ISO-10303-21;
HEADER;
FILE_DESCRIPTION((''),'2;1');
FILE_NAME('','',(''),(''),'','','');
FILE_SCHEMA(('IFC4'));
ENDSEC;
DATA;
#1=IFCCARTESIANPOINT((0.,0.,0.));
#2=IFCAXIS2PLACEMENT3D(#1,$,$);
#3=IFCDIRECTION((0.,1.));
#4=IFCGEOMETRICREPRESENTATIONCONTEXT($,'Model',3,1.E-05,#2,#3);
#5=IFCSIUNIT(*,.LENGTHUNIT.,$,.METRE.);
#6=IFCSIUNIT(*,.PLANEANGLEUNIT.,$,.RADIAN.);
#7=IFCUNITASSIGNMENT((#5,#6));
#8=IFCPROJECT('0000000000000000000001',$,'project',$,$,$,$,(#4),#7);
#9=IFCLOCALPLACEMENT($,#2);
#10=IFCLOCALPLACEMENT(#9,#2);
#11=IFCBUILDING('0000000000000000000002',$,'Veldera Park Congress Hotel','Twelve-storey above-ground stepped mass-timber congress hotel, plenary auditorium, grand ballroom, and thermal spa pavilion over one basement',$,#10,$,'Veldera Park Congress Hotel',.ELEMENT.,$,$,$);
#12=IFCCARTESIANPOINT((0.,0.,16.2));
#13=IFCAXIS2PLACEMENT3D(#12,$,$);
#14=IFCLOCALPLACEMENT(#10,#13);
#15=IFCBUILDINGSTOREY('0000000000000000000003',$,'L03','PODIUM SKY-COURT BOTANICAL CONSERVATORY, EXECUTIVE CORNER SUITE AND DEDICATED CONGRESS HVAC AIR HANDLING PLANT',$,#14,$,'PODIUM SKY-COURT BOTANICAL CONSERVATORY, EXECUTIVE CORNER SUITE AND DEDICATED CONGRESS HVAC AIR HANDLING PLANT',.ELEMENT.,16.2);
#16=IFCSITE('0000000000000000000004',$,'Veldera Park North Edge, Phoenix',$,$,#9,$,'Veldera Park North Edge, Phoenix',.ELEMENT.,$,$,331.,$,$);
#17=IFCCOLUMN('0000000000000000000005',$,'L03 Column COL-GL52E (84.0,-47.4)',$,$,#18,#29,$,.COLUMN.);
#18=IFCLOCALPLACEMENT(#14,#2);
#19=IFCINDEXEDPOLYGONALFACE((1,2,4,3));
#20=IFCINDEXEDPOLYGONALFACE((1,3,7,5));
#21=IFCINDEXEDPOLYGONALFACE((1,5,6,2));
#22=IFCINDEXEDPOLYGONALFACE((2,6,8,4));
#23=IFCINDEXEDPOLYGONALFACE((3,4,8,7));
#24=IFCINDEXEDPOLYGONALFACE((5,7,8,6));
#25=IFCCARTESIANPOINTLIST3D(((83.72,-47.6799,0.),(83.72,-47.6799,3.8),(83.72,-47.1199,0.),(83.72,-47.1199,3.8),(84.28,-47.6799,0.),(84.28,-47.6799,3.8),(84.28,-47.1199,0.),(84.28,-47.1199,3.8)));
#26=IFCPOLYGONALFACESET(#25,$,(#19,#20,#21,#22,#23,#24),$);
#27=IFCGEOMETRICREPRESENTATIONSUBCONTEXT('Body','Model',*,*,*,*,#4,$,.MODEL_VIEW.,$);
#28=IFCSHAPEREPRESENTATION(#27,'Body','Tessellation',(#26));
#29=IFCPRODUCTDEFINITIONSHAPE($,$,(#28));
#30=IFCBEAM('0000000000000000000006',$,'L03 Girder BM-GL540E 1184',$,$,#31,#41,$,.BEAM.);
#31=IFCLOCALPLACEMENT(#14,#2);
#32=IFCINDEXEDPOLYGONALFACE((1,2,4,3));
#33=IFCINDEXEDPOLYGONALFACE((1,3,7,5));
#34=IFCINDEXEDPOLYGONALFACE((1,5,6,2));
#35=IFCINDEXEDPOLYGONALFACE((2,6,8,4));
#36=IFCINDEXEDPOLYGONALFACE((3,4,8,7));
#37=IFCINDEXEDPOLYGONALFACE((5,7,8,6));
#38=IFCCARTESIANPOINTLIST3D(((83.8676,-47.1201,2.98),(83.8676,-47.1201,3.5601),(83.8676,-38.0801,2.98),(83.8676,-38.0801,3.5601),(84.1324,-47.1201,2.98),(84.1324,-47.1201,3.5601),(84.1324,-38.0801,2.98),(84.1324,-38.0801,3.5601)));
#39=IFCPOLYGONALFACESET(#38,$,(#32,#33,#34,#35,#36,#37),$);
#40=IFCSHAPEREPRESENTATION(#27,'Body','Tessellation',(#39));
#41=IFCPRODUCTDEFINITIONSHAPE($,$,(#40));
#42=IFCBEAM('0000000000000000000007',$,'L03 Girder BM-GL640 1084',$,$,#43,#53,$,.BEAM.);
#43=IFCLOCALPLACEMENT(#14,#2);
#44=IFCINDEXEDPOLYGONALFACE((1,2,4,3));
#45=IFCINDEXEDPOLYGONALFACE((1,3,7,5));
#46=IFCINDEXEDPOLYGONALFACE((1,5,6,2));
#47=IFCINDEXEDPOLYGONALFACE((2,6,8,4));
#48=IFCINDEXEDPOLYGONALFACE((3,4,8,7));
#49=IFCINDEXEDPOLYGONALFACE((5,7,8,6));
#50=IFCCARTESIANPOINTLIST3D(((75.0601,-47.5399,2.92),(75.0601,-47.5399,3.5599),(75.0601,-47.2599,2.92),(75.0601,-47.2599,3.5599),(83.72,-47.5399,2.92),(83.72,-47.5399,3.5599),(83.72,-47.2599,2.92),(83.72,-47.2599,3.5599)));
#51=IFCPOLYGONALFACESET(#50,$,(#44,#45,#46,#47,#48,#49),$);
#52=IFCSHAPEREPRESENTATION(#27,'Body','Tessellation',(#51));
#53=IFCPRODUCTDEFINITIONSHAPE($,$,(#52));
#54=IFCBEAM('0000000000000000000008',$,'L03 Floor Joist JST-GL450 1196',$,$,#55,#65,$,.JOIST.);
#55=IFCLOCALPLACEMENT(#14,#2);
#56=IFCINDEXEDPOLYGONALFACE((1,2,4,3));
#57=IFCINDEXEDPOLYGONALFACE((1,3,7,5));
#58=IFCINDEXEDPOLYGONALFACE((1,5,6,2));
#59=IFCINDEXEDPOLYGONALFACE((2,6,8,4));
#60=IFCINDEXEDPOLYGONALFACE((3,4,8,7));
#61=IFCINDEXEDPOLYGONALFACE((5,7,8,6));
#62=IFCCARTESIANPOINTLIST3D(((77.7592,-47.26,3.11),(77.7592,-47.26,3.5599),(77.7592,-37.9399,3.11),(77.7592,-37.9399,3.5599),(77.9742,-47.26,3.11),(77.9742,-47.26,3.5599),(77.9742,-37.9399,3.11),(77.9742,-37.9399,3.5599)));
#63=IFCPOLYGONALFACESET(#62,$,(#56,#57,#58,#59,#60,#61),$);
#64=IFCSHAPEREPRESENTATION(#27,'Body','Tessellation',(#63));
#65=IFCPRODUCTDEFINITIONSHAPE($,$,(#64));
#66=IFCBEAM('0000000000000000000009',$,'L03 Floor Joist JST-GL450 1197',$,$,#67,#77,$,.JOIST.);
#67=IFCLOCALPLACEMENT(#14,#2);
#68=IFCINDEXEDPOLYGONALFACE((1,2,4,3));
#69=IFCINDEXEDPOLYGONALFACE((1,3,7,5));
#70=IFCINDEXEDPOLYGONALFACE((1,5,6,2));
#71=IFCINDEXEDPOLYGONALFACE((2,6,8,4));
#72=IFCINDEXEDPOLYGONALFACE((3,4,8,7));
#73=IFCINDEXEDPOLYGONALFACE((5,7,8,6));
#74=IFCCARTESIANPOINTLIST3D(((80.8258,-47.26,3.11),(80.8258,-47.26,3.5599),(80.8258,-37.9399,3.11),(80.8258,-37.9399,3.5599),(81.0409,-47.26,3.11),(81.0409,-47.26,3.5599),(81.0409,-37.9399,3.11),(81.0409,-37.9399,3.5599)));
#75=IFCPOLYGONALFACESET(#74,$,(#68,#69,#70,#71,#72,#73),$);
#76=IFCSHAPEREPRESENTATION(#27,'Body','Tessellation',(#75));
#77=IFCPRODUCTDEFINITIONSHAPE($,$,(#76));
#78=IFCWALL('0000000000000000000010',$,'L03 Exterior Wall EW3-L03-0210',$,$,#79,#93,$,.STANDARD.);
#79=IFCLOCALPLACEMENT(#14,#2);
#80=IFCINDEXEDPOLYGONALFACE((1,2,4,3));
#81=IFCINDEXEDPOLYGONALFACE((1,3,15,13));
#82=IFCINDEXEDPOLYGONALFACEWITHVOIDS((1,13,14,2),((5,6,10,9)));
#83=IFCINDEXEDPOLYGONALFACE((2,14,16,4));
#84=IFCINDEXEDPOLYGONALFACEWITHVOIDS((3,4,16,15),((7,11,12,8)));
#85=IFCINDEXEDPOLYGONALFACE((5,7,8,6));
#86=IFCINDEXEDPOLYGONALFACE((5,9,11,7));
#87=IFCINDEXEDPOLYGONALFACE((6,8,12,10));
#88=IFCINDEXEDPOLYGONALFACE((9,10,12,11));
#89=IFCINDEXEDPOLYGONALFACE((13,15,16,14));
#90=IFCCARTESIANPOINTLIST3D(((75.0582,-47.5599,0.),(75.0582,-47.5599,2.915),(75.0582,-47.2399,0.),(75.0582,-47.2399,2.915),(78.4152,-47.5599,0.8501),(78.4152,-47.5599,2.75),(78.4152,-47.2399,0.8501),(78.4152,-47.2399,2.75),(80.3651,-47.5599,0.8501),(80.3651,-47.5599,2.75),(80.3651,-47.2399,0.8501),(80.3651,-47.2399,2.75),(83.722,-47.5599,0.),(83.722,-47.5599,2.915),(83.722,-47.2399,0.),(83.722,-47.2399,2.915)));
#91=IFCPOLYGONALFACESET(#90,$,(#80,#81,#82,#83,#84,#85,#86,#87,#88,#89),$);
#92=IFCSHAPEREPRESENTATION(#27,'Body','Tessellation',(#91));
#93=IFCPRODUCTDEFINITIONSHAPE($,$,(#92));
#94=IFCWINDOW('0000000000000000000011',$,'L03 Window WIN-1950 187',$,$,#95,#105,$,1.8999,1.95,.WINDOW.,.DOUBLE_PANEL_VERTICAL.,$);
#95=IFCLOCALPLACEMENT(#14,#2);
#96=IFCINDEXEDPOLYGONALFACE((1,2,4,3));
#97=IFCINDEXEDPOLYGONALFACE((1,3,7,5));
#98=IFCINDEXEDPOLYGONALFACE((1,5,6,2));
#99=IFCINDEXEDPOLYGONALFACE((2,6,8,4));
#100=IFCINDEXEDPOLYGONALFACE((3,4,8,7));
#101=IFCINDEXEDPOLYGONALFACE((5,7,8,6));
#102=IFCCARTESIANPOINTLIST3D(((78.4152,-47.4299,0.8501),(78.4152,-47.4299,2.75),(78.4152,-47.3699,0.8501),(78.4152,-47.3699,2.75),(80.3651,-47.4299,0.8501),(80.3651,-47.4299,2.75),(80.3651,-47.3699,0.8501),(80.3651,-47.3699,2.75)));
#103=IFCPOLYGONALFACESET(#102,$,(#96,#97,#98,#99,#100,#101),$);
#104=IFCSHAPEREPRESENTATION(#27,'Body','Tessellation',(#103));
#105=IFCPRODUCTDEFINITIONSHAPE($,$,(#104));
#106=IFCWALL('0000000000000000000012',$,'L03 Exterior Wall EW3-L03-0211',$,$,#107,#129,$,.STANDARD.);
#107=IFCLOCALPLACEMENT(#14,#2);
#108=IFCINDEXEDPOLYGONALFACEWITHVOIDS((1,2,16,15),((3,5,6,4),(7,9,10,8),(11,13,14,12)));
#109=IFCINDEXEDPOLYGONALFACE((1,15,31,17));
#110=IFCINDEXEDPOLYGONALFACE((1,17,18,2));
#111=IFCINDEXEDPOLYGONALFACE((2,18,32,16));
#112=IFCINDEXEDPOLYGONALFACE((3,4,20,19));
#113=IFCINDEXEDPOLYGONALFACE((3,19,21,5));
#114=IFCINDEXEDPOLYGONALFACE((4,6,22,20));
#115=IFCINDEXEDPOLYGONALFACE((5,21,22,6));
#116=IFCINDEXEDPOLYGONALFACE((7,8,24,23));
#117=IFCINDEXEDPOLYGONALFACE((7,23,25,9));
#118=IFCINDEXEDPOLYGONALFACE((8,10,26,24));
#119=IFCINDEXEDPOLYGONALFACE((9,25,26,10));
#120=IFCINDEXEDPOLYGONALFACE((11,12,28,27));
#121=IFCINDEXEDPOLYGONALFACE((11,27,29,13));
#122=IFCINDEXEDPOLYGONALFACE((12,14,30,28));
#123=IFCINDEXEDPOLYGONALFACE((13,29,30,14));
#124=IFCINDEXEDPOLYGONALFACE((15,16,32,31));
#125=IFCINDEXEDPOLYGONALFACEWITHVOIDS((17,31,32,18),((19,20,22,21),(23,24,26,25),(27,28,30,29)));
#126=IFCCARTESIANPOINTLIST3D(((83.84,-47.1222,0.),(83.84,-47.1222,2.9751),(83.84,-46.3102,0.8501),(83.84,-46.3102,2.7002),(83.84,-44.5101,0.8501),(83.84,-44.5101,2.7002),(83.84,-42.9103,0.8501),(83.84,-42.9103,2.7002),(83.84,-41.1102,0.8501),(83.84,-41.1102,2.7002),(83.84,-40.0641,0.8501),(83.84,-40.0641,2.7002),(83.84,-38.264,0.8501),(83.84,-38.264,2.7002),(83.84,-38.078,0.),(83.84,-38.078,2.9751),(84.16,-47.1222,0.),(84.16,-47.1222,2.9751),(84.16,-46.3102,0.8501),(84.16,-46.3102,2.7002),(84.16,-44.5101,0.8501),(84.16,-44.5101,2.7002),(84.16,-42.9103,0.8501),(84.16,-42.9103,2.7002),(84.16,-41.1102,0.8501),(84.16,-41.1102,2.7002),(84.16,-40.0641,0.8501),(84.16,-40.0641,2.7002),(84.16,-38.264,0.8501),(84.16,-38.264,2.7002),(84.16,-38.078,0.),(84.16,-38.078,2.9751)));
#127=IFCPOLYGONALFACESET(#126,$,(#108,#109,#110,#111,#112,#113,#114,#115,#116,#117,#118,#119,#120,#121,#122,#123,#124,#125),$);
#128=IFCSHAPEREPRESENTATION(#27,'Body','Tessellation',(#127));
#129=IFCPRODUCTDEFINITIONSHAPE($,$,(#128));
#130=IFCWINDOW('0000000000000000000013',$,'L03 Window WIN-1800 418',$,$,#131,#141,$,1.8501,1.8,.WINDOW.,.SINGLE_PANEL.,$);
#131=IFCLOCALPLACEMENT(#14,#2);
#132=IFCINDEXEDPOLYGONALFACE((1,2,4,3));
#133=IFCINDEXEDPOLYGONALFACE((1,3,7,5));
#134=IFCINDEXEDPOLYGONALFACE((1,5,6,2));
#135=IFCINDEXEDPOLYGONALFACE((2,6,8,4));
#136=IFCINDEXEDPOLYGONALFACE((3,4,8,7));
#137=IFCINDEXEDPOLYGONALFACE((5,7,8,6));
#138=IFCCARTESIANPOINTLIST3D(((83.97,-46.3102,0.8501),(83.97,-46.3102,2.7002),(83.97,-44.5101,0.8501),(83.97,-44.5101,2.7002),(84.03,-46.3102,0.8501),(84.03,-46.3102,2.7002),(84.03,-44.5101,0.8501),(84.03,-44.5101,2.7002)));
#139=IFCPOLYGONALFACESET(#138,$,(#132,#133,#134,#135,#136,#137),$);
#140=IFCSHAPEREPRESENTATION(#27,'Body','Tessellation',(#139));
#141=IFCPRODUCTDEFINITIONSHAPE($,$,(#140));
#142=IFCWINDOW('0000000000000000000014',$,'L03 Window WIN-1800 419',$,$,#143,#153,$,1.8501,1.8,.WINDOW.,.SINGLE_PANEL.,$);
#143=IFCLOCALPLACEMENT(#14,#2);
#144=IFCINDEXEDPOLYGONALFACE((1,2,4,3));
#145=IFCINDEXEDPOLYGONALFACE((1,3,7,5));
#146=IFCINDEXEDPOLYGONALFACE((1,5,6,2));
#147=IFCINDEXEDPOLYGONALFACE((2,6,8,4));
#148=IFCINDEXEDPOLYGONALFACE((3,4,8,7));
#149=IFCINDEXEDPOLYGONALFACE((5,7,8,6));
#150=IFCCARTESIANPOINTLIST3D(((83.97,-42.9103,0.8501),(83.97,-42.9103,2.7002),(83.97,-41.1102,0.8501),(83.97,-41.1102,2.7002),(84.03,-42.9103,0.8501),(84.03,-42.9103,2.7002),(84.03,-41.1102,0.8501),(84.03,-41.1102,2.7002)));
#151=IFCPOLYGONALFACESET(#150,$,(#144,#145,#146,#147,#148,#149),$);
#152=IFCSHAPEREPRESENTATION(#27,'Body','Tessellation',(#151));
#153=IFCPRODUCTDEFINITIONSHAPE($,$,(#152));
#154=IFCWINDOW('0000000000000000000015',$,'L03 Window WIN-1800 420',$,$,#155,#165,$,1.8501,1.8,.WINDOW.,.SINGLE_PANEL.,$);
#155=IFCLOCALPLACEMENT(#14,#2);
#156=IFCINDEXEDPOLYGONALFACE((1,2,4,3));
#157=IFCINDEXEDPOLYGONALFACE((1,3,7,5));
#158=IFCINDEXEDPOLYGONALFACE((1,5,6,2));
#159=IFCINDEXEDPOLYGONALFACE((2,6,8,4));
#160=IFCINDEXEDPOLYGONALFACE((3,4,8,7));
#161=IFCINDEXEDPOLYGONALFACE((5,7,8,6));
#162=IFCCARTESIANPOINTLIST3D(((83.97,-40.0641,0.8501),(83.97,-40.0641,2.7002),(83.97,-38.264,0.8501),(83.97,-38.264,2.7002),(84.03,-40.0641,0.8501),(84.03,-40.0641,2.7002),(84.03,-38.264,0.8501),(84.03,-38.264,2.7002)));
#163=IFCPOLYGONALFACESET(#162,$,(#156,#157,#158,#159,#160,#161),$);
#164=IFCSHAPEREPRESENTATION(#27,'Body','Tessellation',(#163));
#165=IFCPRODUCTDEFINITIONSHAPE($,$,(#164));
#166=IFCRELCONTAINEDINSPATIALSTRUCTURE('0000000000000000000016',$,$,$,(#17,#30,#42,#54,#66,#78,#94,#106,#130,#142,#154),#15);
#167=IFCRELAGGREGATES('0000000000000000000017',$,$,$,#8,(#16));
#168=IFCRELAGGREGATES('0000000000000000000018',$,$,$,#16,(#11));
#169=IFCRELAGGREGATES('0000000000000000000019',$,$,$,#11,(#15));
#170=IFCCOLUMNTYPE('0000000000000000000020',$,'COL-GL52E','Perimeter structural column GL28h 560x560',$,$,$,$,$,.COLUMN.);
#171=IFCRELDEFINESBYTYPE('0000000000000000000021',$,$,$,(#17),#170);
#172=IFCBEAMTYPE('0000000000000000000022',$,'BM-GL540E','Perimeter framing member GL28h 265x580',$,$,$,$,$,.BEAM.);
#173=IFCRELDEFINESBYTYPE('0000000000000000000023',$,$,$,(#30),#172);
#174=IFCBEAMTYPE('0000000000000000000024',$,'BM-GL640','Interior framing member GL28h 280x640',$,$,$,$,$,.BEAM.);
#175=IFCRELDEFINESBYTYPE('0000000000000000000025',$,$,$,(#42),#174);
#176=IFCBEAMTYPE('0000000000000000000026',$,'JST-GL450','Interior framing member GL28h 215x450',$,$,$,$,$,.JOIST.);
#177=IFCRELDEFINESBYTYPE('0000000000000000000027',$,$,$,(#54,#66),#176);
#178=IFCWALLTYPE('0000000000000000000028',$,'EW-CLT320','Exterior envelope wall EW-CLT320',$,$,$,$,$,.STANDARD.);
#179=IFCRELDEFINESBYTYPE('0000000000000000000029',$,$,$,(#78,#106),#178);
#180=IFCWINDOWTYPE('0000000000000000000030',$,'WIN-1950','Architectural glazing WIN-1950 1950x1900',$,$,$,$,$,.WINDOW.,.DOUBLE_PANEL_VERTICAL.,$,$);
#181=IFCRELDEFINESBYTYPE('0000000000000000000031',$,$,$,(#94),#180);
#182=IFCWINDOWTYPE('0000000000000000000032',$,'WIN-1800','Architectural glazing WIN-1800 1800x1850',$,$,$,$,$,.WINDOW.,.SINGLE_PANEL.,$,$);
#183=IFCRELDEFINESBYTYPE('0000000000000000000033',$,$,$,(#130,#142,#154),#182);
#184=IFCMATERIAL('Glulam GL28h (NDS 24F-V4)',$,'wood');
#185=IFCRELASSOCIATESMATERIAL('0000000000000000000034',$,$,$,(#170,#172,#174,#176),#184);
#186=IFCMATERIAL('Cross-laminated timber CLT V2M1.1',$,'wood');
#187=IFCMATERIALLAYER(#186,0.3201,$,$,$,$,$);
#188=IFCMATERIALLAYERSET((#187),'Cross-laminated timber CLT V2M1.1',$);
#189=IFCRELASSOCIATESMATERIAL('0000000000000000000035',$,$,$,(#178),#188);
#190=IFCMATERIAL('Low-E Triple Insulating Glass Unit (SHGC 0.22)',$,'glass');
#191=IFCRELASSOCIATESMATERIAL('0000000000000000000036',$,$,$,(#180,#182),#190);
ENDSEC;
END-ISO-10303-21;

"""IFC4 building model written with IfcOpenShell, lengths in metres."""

from ifc_helpers import new_model, si_unit, direction, frame, frame_2d, origin, origin_2d, place, context, subcontext, project, spatial, rectangle, extrude, material, layer, layer_set, material_profile, profile_set, type_object, element, fill, save


model = new_model("IFC4")

# Units and contexts
model_context = context("Model", 3, precision=1e-05, world=origin(), true_north=direction((0.0, 1.0)))
body_context = subcontext(model_context, "Body", "Model", "MODEL_VIEW")
ifc_project = project(units=[si_unit("LENGTHUNIT", "METRE"), si_unit("PLANEANGLEUNIT", "RADIAN")], contexts=[model_context])

# Site, building, storey
site_placement = place(None, origin())
site = spatial("IfcSite", under=ifc_project, at=site_placement, Name="Veldera Park North Edge, Phoenix", LongName="Veldera Park North Edge, Phoenix", CompositionType="ELEMENT", RefElevation=331.0)
building_placement = place(site_placement, origin())
building = spatial("IfcBuilding", under=site, at=building_placement, Name="Veldera Park Congress Hotel", Description="Twelve-storey above-ground stepped mass-timber congress hotel, plenary auditorium, grand ballroom, and thermal spa pavilion over one basement", LongName="Veldera Park Congress Hotel", CompositionType="ELEMENT")
storey_placement = place(building_placement, frame((0.0, 0.0, 16.2)))
storey = spatial("IfcBuildingStorey", under=building, at=storey_placement, Name="L03", Description="PODIUM SKY-COURT BOTANICAL CONSERVATORY, EXECUTIVE CORNER SUITE AND DEDICATED CONGRESS HVAC AIR HANDLING PLANT", LongName="PODIUM SKY-COURT BOTANICAL CONSERVATORY, EXECUTIVE CORNER SUITE AND DEDICATED CONGRESS HVAC AIR HANDLING PLANT", CompositionType="ELEMENT", Elevation=16.2)

# Column
ifc_material_1 = material(Name="Glulam GL28h (NDS 24F-V4)", Category="wood")
ifc_material_profile_1 = material_profile(ifc_material_1, rectangle(XDim=0.5601, YDim=0.5601, at=origin_2d()), Name="GL28h 560x560")
ifc_profile_set_1 = profile_set([ifc_material_profile_1], Name="Glulam GL28h (NDS 24F-V4)")
column_type = type_object("IfcColumnType", Name="COL-GL52E", Description="Perimeter structural column GL28h 560x560", PredefinedType="COLUMN", material=ifc_profile_set_1)
column_placement = place(storey_placement, frame((84.0, -47.3999, 0.0), z_axis=(0.0, 0.0, 1.0), x_axis=(1.0, 0.0, 0.0)))
element("IfcColumn", 1, at=column_placement, inside=storey, type_object=column_type, Name="L03 Column COL-GL52E (84.0,-47.4)", PredefinedType="COLUMN", context=body_context, shape_type="SweptSolid", body=[
    extrude(rectangle(XDim=0.5601, YDim=0.5601, at=origin_2d()), origin(), (0.0, 0.0, 1.0), 3.8),
])

# Beams
ifc_material_profile_2 = material_profile(ifc_material_1, rectangle(XDim=0.2649, YDim=0.5801, at=origin_2d()), Name="GL28h 265x580")
ifc_profile_set_2 = profile_set([ifc_material_profile_2], Name="Glulam GL28h (NDS 24F-V4)")
beam_type_1 = type_object("IfcBeamType", Name="BM-GL540E", Description="Perimeter framing member GL28h 265x580", PredefinedType="BEAM", material=ifc_profile_set_2)
beam_1_placement = place(storey_placement, frame((84.0, -47.1201, 3.27), z_axis=(0.0, 1.0, 0.0), x_axis=(-1.0, 0.0, 0.0)))
element("IfcBeam", 2, at=beam_1_placement, inside=storey, type_object=beam_type_1, Name="L03 Girder BM-GL540E 1184", PredefinedType="BEAM", context=body_context, shape_type="SweptSolid", body=[
    extrude(rectangle(XDim=0.2649, YDim=0.5801, at=origin_2d()), origin(), (0.0, 0.0, 1.0), 9.04),
])
ifc_material_profile_3 = material_profile(ifc_material_1, rectangle(XDim=0.28, YDim=0.6399, at=origin_2d()), Name="GL28h 280x640")
ifc_profile_set_3 = profile_set([ifc_material_profile_3], Name="Glulam GL28h (NDS 24F-V4)")
beam_type_2 = type_object("IfcBeamType", Name="BM-GL640", Description="Interior framing member GL28h 280x640", PredefinedType="BEAM", material=ifc_profile_set_3)
beam_2_placement = place(storey_placement, frame((75.0601, -47.3999, 3.24), z_axis=(1.0, 0.0, 0.0), x_axis=(0.0, 1.0, 0.0)))
element("IfcBeam", 3, at=beam_2_placement, inside=storey, type_object=beam_type_2, Name="L03 Girder BM-GL640 1084", PredefinedType="BEAM", context=body_context, shape_type="SweptSolid", body=[
    extrude(rectangle(XDim=0.28, YDim=0.6399, at=origin_2d()), origin(), (0.0, 0.0, 1.0), 8.6599),
])
ifc_material_profile_4 = material_profile(ifc_material_1, rectangle(XDim=0.2151, YDim=0.45, at=origin_2d()), Name="GL28h 215x450")
ifc_profile_set_4 = profile_set([ifc_material_profile_4], Name="Glulam GL28h (NDS 24F-V4)")
beam_type_3 = type_object("IfcBeamType", Name="JST-GL450", Description="Interior framing member GL28h 215x450", PredefinedType="JOIST", material=ifc_profile_set_4)
for number, where, z_axis, x_axis, name in (
    (4, (77.8667, -47.26, 3.335), (0.0, 1.0, 0.0), (-1.0, 0.0, 0.0), "L03 Floor Joist JST-GL450 1196"),
    (5, (80.9333, -47.26, 3.335), (0.0, 1.0, 0.0), (-1.0, 0.0, 0.0), "L03 Floor Joist JST-GL450 1197"),
):
    element("IfcBeam", number, at=place(storey_placement, frame(where, z_axis=z_axis, x_axis=x_axis)), inside=storey, type_object=beam_type_3, Name=name, PredefinedType="JOIST", context=body_context, shape_type="SweptSolid", body=[
        extrude(rectangle(XDim=0.2151, YDim=0.45, at=origin_2d()), origin(), (0.0, 0.0, 1.0), 9.3201),
    ])

# Wall, opening, window
ifc_material_2 = material(Name="Cross-laminated timber CLT V2M1.1", Category="wood")
ifc_layer_1 = layer(ifc_material_2, 0.3201)
ifc_layer_set_1 = layer_set([ifc_layer_1], Name="Cross-laminated timber CLT V2M1.1")
wall_type_1 = type_object("IfcWallType", Name="EW-CLT320", Description="Exterior envelope wall EW-CLT320", PredefinedType="STANDARD", material=ifc_layer_set_1)
wall_1_placement = place(storey_placement, frame((75.0581, -47.3999, 0.0), z_axis=(0.0, 0.0, 1.0), x_axis=(1.0, 0.0, 0.0)))
wall_1 = element("IfcWall", 6, at=wall_1_placement, inside=storey, type_object=wall_type_1, Name="L03 Exterior Wall EW3-L03-0210", PredefinedType="STANDARD", context=body_context, shape_type="SweptSolid", body=[
    extrude(rectangle(XDim=8.6638, YDim=0.3201, at=frame_2d((4.332, 0.0))), origin(), (0.0, 0.0, 1.0), 2.915),
])
opening_1_placement = place(wall_1_placement, frame((3.3569, 0.0, 0.8501)))
opening_1 = element("IfcOpeningElement", 7, at=opening_1_placement, cuts=wall_1, PredefinedType="OPENING", context=body_context, shape_type="SweptSolid", body=[
    extrude(rectangle(XDim=1.95, YDim=1.8999, at=frame_2d((0.9751, 0.95))), frame((0.0, 0.1721, 0.0), z_axis=(0.0, -1.0, 0.0), x_axis=(1.0, 0.0, 0.0)), (0.0, 0.0, 1.0), 0.344),
])
ifc_material_3 = material(Name="Low-E Triple Insulating Glass Unit (SHGC 0.22)", Category="glass")
window_type_1 = type_object("IfcWindowType", Name="WIN-1950", Description="Architectural glazing WIN-1950 1950x1900", PartitioningType="DOUBLE_PANEL_VERTICAL", PredefinedType="WINDOW", material=ifc_material_3)
window_1_placement = place(opening_1_placement, origin())
window_1 = element("IfcWindow", 8, at=window_1_placement, inside=storey, type_object=window_type_1, Name="L03 Window WIN-1950 187", OverallHeight=1.8999, OverallWidth=1.95, PartitioningType="DOUBLE_PANEL_VERTICAL", PredefinedType="WINDOW", context=body_context, shape_type="SweptSolid", body=[
    extrude(rectangle(XDim=1.95, YDim=1.8999, at=frame_2d((0.9751, 0.95))), frame((0.0, 0.03, 0.0), z_axis=(0.0, -1.0, 0.0), x_axis=(1.0, 0.0, 0.0)), (0.0, 0.0, 1.0), 0.0601),
])
fill(opening_1, window_1)

# Wall, openings, windows
wall_2_placement = place(storey_placement, frame((84.0, -47.1221, 0.0), z_axis=(0.0, 0.0, 1.0), x_axis=(0.0, 1.0, 0.0)))
wall_2 = element("IfcWall", 9, at=wall_2_placement, inside=storey, type_object=wall_type_1, Name="L03 Exterior Wall EW3-L03-0211", PredefinedType="STANDARD", context=body_context, shape_type="SweptSolid", body=[
    extrude(rectangle(XDim=9.0442, YDim=0.3201, at=frame_2d((4.522, 0.0))), origin(), (0.0, 0.0, 1.0), 2.9751),
])
opening_2_placement = place(wall_2_placement, frame((0.812, 0.0, 0.8501)))
opening_2 = element("IfcOpeningElement", 10, at=opening_2_placement, cuts=wall_2, PredefinedType="OPENING", context=body_context, shape_type="SweptSolid", body=[
    extrude(rectangle(XDim=1.8, YDim=1.8501, at=frame_2d((0.8999, 0.925))), frame((0.0, 0.1721, 0.0), z_axis=(0.0, -1.0, 0.0), x_axis=(1.0, 0.0, 0.0)), (0.0, 0.0, 1.0), 0.344),
])
opening_3_placement = place(wall_2_placement, frame((4.2119, 0.0, 0.8501)))
opening_3 = element("IfcOpeningElement", 11, at=opening_3_placement, cuts=wall_2, PredefinedType="OPENING", context=body_context, shape_type="SweptSolid", body=[
    extrude(rectangle(XDim=1.8, YDim=1.8501, at=frame_2d((0.8999, 0.925))), frame((0.0, 0.1721, 0.0), z_axis=(0.0, -1.0, 0.0), x_axis=(1.0, 0.0, 0.0)), (0.0, 0.0, 1.0), 0.344),
])
opening_4_placement = place(wall_2_placement, frame((7.0581, 0.0, 0.8501)))
opening_4 = element("IfcOpeningElement", 12, at=opening_4_placement, cuts=wall_2, PredefinedType="OPENING", context=body_context, shape_type="SweptSolid", body=[
    extrude(rectangle(XDim=1.8, YDim=1.8501, at=frame_2d((0.8999, 0.925))), frame((0.0, 0.1721, 0.0), z_axis=(0.0, -1.0, 0.0), x_axis=(1.0, 0.0, 0.0)), (0.0, 0.0, 1.0), 0.344),
])
window_type_2 = type_object("IfcWindowType", Name="WIN-1800", Description="Architectural glazing WIN-1800 1800x1850", PartitioningType="SINGLE_PANEL", PredefinedType="WINDOW", material=ifc_material_3)
window_2_placement = place(opening_2_placement, origin())
window_2 = element("IfcWindow", 13, at=window_2_placement, inside=storey, type_object=window_type_2, Name="L03 Window WIN-1800 418", OverallHeight=1.8501, OverallWidth=1.8, PartitioningType="SINGLE_PANEL", PredefinedType="WINDOW", context=body_context, shape_type="SweptSolid", body=[
    extrude(rectangle(XDim=1.8, YDim=1.8501, at=frame_2d((0.8999, 0.925))), frame((0.0, 0.03, 0.0), z_axis=(0.0, -1.0, 0.0), x_axis=(1.0, 0.0, 0.0)), (0.0, 0.0, 1.0), 0.0601),
])
fill(opening_2, window_2)
window_3_placement = place(opening_3_placement, origin())
window_3 = element("IfcWindow", 14, at=window_3_placement, inside=storey, type_object=window_type_2, Name="L03 Window WIN-1800 419", OverallHeight=1.8501, OverallWidth=1.8, PartitioningType="SINGLE_PANEL", PredefinedType="WINDOW", context=body_context, shape_type="SweptSolid", body=[
    extrude(rectangle(XDim=1.8, YDim=1.8501, at=frame_2d((0.8999, 0.925))), frame((0.0, 0.03, 0.0), z_axis=(0.0, -1.0, 0.0), x_axis=(1.0, 0.0, 0.0)), (0.0, 0.0, 1.0), 0.0601),
])
fill(opening_3, window_3)
window_4_placement = place(opening_4_placement, origin())
window_4 = element("IfcWindow", 15, at=window_4_placement, inside=storey, type_object=window_type_2, Name="L03 Window WIN-1800 420", OverallHeight=1.8501, OverallWidth=1.8, PartitioningType="SINGLE_PANEL", PredefinedType="WINDOW", context=body_context, shape_type="SweptSolid", body=[
    extrude(rectangle(XDim=1.8, YDim=1.8501, at=frame_2d((0.8999, 0.925))), frame((0.0, 0.03, 0.0), z_axis=(0.0, -1.0, 0.0), x_axis=(1.0, 0.0, 0.0)), (0.0, 0.0, 1.0), 0.0601),
])
fill(opening_4, window_4)

save(model, "model.ifc")
